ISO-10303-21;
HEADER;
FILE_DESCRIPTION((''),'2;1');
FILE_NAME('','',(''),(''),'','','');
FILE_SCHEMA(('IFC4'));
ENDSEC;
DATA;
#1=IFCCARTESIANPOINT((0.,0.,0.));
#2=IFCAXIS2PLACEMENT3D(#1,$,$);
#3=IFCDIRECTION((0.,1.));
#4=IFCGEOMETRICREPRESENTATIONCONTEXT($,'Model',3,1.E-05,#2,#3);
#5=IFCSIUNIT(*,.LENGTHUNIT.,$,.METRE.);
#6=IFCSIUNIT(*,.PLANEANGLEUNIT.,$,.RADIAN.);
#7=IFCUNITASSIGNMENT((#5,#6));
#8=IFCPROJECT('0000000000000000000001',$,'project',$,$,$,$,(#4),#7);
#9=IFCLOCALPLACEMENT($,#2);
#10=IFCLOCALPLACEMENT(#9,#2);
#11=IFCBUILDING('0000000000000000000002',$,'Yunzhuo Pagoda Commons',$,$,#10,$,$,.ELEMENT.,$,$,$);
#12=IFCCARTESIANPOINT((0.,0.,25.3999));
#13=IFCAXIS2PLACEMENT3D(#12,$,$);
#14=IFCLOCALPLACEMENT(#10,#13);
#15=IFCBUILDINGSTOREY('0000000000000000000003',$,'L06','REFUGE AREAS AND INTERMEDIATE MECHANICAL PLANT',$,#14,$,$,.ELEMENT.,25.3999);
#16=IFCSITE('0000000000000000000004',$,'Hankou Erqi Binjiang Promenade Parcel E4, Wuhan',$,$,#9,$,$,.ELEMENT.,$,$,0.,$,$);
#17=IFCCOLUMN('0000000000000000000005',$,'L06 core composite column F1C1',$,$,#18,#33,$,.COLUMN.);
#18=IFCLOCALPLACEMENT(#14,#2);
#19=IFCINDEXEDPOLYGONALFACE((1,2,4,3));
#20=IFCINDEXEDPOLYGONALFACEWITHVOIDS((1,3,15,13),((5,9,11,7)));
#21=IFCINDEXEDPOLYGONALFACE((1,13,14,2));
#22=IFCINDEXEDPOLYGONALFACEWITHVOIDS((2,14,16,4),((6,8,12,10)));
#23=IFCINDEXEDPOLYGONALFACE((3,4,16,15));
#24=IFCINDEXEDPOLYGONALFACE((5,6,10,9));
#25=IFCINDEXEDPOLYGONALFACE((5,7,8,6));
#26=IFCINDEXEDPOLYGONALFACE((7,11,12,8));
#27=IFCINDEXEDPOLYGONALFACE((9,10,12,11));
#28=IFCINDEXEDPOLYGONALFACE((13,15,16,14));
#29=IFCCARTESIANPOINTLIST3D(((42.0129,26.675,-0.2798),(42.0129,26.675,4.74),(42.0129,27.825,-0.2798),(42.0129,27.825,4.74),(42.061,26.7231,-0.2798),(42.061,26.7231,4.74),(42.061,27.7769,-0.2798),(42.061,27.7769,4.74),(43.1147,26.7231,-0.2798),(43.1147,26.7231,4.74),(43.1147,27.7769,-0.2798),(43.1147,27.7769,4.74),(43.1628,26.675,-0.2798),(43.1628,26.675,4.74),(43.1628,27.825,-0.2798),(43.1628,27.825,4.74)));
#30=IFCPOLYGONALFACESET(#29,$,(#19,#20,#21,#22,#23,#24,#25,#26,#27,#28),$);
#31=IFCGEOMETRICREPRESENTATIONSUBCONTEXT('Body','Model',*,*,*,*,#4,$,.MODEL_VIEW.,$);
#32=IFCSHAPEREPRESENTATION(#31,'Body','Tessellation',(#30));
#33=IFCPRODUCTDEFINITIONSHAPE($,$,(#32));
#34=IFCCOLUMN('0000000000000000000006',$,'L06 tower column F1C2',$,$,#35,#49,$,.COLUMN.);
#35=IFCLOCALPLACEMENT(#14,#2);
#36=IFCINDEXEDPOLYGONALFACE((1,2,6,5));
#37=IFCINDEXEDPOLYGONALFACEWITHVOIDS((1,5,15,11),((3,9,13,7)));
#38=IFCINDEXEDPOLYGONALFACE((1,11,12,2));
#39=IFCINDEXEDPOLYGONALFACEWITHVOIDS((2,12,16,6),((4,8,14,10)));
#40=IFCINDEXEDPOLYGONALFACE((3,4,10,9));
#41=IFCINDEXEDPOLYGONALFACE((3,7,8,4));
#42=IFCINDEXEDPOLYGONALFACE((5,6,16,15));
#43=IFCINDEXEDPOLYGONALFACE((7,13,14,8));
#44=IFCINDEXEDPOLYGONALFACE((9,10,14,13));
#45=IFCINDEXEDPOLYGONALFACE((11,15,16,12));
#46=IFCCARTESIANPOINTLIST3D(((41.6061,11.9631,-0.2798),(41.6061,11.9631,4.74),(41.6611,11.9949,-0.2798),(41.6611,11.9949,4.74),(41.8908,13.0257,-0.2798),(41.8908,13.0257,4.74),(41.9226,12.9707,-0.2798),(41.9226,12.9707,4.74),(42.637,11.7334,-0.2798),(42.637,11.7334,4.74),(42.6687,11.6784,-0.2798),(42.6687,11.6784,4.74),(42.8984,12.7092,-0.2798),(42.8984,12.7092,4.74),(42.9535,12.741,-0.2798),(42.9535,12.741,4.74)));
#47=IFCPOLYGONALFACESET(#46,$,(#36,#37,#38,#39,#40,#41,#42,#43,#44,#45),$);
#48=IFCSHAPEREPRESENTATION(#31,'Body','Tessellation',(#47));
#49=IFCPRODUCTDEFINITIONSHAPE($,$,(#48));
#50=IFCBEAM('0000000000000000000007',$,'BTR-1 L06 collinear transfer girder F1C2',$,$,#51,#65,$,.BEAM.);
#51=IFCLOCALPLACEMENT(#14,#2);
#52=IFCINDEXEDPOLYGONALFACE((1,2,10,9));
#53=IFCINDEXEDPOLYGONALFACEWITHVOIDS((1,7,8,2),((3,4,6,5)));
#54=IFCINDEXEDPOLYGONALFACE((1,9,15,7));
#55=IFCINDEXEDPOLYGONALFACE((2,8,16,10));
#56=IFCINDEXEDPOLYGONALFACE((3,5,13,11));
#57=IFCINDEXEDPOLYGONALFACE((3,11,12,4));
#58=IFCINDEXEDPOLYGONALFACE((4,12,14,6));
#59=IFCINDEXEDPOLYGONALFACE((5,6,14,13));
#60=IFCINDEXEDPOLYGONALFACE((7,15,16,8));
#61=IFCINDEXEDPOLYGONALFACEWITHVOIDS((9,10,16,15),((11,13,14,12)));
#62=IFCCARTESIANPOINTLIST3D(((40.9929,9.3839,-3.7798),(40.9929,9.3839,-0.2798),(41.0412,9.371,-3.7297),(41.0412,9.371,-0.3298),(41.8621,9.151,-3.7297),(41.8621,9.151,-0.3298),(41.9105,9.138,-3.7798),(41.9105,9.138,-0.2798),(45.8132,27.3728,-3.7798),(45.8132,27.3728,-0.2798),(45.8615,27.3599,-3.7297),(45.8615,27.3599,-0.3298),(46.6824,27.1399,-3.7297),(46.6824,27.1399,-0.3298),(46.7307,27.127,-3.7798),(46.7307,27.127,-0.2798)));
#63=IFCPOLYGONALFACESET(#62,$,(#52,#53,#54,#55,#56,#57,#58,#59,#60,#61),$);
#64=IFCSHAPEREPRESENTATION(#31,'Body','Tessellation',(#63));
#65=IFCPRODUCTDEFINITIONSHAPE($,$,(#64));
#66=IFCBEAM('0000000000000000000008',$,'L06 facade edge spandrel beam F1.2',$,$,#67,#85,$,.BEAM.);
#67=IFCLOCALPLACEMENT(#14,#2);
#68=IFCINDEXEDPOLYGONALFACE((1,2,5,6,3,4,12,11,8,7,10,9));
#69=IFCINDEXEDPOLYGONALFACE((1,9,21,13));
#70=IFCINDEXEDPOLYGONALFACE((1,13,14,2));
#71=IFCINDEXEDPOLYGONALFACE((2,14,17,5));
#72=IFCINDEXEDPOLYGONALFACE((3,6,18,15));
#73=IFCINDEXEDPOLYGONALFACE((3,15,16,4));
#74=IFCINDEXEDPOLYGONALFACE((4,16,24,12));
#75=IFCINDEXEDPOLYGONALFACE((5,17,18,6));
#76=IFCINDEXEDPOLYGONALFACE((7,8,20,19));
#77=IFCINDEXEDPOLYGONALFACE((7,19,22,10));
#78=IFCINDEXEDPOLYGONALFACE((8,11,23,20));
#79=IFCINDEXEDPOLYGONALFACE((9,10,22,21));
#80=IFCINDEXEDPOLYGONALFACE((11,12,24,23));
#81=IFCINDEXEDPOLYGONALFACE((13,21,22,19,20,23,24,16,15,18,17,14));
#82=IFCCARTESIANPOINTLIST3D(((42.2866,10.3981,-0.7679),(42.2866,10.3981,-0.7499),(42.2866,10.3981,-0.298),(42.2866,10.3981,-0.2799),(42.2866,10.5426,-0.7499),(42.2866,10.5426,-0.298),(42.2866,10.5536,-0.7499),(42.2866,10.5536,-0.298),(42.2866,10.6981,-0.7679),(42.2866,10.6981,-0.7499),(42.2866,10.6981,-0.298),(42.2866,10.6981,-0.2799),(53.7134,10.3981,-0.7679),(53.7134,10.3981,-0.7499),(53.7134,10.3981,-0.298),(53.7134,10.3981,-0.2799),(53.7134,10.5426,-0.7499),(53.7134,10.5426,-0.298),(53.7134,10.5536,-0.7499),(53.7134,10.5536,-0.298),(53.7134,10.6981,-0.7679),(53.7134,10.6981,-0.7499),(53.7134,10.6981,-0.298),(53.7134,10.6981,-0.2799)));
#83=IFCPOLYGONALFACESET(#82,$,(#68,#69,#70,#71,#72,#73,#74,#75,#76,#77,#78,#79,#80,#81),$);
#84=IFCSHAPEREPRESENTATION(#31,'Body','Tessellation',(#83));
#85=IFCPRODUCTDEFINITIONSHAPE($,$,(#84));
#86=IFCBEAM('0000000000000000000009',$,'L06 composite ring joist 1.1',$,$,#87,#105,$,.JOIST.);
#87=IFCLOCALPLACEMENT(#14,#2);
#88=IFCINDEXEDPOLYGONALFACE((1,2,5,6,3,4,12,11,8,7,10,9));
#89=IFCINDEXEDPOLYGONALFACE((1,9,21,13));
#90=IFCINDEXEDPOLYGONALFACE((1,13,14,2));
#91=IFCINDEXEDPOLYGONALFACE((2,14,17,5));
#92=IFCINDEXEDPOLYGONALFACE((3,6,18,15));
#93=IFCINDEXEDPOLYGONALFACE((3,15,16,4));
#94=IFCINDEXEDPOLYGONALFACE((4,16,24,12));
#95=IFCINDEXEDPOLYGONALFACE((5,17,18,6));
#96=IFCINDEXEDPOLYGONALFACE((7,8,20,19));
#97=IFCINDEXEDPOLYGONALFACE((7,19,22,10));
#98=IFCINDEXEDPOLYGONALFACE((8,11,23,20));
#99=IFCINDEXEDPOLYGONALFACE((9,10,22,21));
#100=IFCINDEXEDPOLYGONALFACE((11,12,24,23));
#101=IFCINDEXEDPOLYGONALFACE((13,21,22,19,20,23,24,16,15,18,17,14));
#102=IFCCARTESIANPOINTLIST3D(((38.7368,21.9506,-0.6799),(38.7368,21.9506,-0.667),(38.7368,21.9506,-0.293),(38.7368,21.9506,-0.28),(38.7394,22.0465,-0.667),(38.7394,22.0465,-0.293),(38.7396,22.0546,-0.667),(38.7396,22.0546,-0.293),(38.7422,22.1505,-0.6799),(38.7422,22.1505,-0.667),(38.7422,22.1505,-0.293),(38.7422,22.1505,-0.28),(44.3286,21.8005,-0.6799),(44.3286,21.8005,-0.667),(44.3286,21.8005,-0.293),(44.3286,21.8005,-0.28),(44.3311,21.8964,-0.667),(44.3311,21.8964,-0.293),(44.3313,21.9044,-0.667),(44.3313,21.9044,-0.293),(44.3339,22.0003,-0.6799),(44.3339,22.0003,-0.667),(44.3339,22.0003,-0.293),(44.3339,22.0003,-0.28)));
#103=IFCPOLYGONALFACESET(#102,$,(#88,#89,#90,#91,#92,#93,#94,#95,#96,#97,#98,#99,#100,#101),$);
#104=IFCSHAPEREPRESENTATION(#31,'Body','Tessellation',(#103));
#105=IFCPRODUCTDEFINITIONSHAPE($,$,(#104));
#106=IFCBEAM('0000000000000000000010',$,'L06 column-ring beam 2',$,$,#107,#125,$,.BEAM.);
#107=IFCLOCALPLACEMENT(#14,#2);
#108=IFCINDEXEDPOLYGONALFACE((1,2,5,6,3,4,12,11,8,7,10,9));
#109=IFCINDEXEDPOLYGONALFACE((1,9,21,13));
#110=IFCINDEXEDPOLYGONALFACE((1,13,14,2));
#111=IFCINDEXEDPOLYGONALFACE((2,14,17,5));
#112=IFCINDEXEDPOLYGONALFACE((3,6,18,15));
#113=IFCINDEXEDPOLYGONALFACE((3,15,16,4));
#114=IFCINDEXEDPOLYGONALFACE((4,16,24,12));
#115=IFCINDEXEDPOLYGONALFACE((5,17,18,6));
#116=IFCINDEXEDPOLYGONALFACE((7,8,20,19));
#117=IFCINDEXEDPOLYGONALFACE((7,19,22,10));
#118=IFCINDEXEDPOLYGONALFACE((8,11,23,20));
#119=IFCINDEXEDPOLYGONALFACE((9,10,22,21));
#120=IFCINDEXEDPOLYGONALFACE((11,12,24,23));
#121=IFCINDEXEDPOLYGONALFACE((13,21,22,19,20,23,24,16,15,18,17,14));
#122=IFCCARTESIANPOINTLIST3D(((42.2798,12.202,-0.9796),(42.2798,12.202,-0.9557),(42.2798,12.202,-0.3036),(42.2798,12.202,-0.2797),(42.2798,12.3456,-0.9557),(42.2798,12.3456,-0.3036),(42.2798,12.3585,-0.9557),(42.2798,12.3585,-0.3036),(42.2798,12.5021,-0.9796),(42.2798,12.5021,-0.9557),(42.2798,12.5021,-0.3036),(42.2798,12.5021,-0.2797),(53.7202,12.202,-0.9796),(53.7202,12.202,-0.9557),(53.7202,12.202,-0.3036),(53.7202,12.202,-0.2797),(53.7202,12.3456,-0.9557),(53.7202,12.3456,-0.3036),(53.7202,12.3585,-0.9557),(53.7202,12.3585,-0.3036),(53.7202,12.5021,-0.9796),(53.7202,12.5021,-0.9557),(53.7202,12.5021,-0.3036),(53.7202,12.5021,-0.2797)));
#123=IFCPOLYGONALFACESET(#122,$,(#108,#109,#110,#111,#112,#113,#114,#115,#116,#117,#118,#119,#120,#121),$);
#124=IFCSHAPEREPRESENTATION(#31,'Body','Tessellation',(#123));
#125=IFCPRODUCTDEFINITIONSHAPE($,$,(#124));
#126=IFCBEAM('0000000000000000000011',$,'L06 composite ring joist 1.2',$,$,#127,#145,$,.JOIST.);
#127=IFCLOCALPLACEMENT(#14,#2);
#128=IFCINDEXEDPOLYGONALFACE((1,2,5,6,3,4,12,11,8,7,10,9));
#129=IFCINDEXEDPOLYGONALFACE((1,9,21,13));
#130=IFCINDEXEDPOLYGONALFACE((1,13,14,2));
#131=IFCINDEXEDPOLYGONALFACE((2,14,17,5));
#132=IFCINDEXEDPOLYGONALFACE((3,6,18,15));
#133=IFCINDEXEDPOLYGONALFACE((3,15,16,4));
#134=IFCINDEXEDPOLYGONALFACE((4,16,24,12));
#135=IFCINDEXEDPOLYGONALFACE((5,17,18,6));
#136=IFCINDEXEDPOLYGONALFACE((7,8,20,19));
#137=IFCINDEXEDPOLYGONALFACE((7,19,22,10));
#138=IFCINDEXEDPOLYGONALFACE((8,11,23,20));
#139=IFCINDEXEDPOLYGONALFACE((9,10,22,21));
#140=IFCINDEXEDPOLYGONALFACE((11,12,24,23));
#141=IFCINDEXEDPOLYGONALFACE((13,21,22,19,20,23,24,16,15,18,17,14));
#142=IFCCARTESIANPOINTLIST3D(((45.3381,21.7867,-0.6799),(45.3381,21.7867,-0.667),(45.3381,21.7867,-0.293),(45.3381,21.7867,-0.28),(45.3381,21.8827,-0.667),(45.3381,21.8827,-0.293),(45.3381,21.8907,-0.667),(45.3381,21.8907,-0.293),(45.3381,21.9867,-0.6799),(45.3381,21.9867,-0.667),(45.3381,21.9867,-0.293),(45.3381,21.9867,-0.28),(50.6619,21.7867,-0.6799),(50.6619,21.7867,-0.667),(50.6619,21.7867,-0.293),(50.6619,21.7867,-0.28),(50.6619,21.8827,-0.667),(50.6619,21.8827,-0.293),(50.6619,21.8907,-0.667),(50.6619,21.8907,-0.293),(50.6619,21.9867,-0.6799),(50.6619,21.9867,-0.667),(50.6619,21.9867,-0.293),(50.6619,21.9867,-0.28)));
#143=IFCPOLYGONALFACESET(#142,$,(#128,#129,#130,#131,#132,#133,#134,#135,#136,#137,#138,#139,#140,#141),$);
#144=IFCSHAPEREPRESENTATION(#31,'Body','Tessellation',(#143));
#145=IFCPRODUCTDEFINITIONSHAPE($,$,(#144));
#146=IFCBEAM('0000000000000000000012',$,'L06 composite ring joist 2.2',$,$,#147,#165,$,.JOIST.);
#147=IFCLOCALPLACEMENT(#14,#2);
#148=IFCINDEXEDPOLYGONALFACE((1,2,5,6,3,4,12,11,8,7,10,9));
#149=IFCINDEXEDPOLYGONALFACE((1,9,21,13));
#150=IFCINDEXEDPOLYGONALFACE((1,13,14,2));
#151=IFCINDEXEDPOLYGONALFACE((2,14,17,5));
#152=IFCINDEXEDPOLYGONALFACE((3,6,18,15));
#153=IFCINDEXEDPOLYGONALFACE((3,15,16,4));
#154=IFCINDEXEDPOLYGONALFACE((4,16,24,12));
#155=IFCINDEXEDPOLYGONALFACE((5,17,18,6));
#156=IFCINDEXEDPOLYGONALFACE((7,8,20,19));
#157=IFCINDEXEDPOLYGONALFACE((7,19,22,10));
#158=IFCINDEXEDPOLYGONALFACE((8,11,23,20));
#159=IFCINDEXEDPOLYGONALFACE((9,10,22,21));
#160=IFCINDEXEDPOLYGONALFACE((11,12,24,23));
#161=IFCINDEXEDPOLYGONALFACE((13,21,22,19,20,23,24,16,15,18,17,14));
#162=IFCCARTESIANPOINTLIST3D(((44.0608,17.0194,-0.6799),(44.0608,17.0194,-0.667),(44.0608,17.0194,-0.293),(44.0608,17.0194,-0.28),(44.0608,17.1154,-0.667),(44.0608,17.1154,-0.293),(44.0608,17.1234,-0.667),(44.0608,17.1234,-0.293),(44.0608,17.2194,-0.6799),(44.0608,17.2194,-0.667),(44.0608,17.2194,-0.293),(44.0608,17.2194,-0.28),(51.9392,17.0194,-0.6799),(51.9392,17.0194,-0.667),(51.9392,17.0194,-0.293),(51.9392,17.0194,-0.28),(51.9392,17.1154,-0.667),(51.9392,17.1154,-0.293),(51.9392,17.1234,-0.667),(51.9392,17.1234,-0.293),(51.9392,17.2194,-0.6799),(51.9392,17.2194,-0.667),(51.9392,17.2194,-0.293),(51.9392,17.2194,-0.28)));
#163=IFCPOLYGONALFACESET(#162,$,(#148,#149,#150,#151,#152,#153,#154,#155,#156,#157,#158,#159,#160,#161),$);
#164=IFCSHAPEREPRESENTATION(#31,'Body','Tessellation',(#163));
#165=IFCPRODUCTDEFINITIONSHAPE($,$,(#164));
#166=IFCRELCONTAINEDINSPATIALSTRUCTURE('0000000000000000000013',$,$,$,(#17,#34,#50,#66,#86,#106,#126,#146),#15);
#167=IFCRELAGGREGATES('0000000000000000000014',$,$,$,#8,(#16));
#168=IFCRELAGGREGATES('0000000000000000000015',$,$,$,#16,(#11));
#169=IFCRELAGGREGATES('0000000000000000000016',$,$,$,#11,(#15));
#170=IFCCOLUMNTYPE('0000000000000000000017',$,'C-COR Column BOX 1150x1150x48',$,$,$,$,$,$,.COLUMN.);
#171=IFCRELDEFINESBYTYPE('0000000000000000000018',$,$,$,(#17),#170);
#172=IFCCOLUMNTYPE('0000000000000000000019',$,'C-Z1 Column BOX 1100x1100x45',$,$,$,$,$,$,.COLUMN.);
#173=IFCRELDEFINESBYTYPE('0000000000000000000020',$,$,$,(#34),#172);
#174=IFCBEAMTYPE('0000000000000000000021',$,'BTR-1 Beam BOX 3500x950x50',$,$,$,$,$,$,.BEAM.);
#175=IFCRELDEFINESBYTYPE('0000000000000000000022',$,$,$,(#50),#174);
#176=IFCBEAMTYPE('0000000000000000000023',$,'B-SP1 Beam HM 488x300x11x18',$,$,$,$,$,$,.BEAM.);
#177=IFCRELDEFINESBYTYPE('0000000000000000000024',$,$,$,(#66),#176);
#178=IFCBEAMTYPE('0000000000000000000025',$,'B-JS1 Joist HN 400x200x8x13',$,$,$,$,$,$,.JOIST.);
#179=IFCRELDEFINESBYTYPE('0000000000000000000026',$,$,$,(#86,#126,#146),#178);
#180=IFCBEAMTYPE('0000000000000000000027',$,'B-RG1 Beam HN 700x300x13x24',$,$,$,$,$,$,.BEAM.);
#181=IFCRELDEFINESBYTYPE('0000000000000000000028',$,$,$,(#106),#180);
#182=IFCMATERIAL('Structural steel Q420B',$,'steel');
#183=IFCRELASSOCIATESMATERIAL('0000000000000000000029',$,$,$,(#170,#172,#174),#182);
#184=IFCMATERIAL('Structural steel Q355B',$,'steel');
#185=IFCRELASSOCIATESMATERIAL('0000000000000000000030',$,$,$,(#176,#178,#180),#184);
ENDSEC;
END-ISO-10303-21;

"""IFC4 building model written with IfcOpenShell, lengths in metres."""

from ifc_helpers import new_model, si_unit, direction, frame, origin, origin_2d, place, context, subcontext, project, spatial, hollow_rectangle, i_section, extrude, source, transform, mapped, material, material_profile, profile_set, type_object, element, save


model = new_model("IFC4")

# Units and contexts
model_context = context("Model", 3, precision=1e-05, world=origin(), true_north=direction((0.0, 1.0)))
body_context = subcontext(model_context, "Body", "Model", "MODEL_VIEW")
ifc_project = project(units=[si_unit("LENGTHUNIT", "METRE"), si_unit("PLANEANGLEUNIT", "RADIAN")], contexts=[model_context])

# Site, building, storey
site_placement = place(None, origin())
site = spatial("IfcSite", under=ifc_project, at=site_placement, Name="Hankou Erqi Binjiang Promenade Parcel E4, Wuhan", CompositionType="ELEMENT", RefElevation=0.0)
building_placement = place(site_placement, origin())
building = spatial("IfcBuilding", under=site, at=building_placement, Name="Yunzhuo Pagoda Commons", CompositionType="ELEMENT")
storey_placement = place(building_placement, frame((0.0, 0.0, 25.3999)))
storey = spatial("IfcBuildingStorey", under=building, at=storey_placement, Name="L06", Description="REFUGE AREAS AND INTERMEDIATE MECHANICAL PLANT", CompositionType="ELEMENT", Elevation=25.3999)

# Columns
ifc_material_1 = material(Name="Structural steel Q420B", Category="steel")
ifc_material_profile_1 = material_profile(ifc_material_1, hollow_rectangle(XDim=1.1499, YDim=1.1499, WallThickness=0.0481, at=origin_2d()), Name="Structural steel Q420B")
ifc_profile_set_1 = profile_set([ifc_material_profile_1], Name="Structural steel Q420B")
column_type_1 = type_object("IfcColumnType", Name="C-COR Column BOX 1150x1150x48", PredefinedType="COLUMN", material=ifc_profile_set_1)
shared_shape_1 = source(origin(), body_context, "Body", "SweptSolid", [
    extrude(hollow_rectangle(XDim=1.1499, YDim=1.1499, WallThickness=0.0481, at=origin_2d()), origin(), (0.0, 0.0, 1.0), 5.0198),
])
column_1_placement = place(storey_placement, frame((42.5879, 27.25, -0.2798), z_axis=(0.0, 0.0, 1.0), x_axis=(1.0, 0.0, 0.0)))
element("IfcColumn", 1, at=column_1_placement, inside=storey, type_object=column_type_1, Name="L06 core composite column F1C1", PredefinedType="COLUMN", context=body_context, shape_type="MappedRepresentation", body=[
    mapped(shared_shape_1, transform((0.0, 0.0, 0.0), scale=1.0)),
])
ifc_material_profile_2 = material_profile(ifc_material_1, hollow_rectangle(XDim=1.1001, YDim=1.1001, WallThickness=0.0449, at=origin_2d()), Name="Structural steel Q420B")
ifc_profile_set_2 = profile_set([ifc_material_profile_2], Name="Structural steel Q420B")
column_type_2 = type_object("IfcColumnType", Name="C-Z1 Column BOX 1100x1100x45", PredefinedType="COLUMN", material=ifc_profile_set_2)
shared_shape_2 = source(origin(), body_context, "Body", "SweptSolid", [
    extrude(hollow_rectangle(XDim=1.1001, YDim=1.1001, WallThickness=0.0449, at=origin_2d()), origin(), (0.0, 0.0, 1.0), 5.0198),
])
column_2_placement = place(storey_placement, frame((42.2798, 12.3521, -0.2798), z_axis=(0.0, 0.0, 1.0), x_axis=(0.965926, -0.258819, 0.0)))
element("IfcColumn", 2, at=column_2_placement, inside=storey, type_object=column_type_2, Name="L06 tower column F1C2", PredefinedType="COLUMN", context=body_context, shape_type="MappedRepresentation", body=[
    mapped(shared_shape_2, transform((0.0, 0.0, 0.0), scale=1.0)),
])

# Beams
ifc_material_profile_3 = material_profile(ifc_material_1, hollow_rectangle(XDim=0.95, YDim=3.5, WallThickness=0.05, at=origin_2d()), Name="Structural steel Q420B")
ifc_profile_set_3 = profile_set([ifc_material_profile_3], Name="Structural steel Q420B")
beam_type_1 = type_object("IfcBeamType", Name="BTR-1 Beam BOX 3500x950x50", PredefinedType="BEAM", material=ifc_profile_set_3)
shared_shape_3 = source(origin(), body_context, "Body", "SweptSolid", [
    extrude(hollow_rectangle(XDim=0.95, YDim=3.5, WallThickness=0.05, at=origin_2d()), origin(), (0.0, 0.0, 1.0), 18.6235),
])
beam_1_placement = place(storey_placement, frame((41.4517, 9.261, -2.0298), z_axis=(0.258828, 0.965924, 0.0), x_axis=(-0.965924, 0.258828, 0.0)))
element("IfcBeam", 3, at=beam_1_placement, inside=storey, type_object=beam_type_1, Name="BTR-1 L06 collinear transfer girder F1C2", PredefinedType="BEAM", context=body_context, shape_type="MappedRepresentation", body=[
    mapped(shared_shape_3, transform((0.0, 0.0, 0.0), scale=1.0)),
])
ifc_material_2 = material(Name="Structural steel Q355B", Category="steel")
ifc_material_profile_4 = material_profile(ifc_material_2, i_section(OverallWidth=0.3, OverallDepth=0.488, WebThickness=0.011, FlangeThickness=0.0181, at=origin_2d()), Name="Structural steel Q355B")
ifc_profile_set_4 = profile_set([ifc_material_profile_4], Name="Structural steel Q355B")
beam_type_2 = type_object("IfcBeamType", Name="B-SP1 Beam HM 488x300x11x18", PredefinedType="BEAM", material=ifc_profile_set_4)
shared_shape_4 = source(origin(), body_context, "Body", "SweptSolid", [
    extrude(i_section(OverallWidth=0.3, OverallDepth=0.488, WebThickness=0.011, FlangeThickness=0.0181, at=origin_2d()), origin(), (0.0, 0.0, 1.0), 11.4268),
])
beam_2_placement = place(storey_placement, frame((42.2866, 10.5481, -0.5239), z_axis=(1.0, 0.0, 0.0), x_axis=(0.0, 1.0, 0.0)))
element("IfcBeam", 4, at=beam_2_placement, inside=storey, type_object=beam_type_2, Name="L06 facade edge spandrel beam F1.2", PredefinedType="BEAM", context=body_context, shape_type="MappedRepresentation", body=[
    mapped(shared_shape_4, transform((0.0, 0.0, 0.0), scale=1.0)),
])
ifc_material_profile_5 = material_profile(ifc_material_2, i_section(OverallWidth=0.2, OverallDepth=0.3999, WebThickness=0.0081, FlangeThickness=0.0129, at=origin_2d()), Name="Structural steel Q355B")
ifc_profile_set_5 = profile_set([ifc_material_profile_5], Name="Structural steel Q355B")
beam_type_3 = type_object("IfcBeamType", Name="B-JS1 Joist HN 400x200x8x13", PredefinedType="JOIST", material=ifc_profile_set_5)
shared_shape_5 = source(origin(), body_context, "Body", "SweptSolid", [
    extrude(i_section(OverallWidth=0.2, OverallDepth=0.3999, WebThickness=0.0081, FlangeThickness=0.0129, at=origin_2d()), origin(), (0.0, 0.0, 1.0), 5.5938),
])
beam_3_placement = place(storey_placement, frame((38.7395, 22.0505, -0.48), z_axis=(0.99964, -0.026842, 0.0), x_axis=(0.026842, 0.99964, 0.0)))
element("IfcBeam", 5, at=beam_3_placement, inside=storey, type_object=beam_type_3, Name="L06 composite ring joist 1.1", PredefinedType="JOIST", context=body_context, shape_type="MappedRepresentation", body=[
    mapped(shared_shape_5, transform((0.0, 0.0, 0.0), scale=1.0)),
])
ifc_material_profile_6 = material_profile(ifc_material_2, i_section(OverallWidth=0.3, OverallDepth=0.7, WebThickness=0.0129, FlangeThickness=0.0239, at=origin_2d()), Name="Structural steel Q355B")
ifc_profile_set_6 = profile_set([ifc_material_profile_6], Name="Structural steel Q355B")
beam_type_4 = type_object("IfcBeamType", Name="B-RG1 Beam HN 700x300x13x24", PredefinedType="BEAM", material=ifc_profile_set_6)
shared_shape_6 = source(origin(), body_context, "Body", "SweptSolid", [
    extrude(i_section(OverallWidth=0.3, OverallDepth=0.7, WebThickness=0.0129, FlangeThickness=0.0239, at=origin_2d()), origin(), (0.0, 0.0, 1.0), 11.4404),
])
beam_4_placement = place(storey_placement, frame((42.2798, 12.3521, -0.6296), z_axis=(1.0, 0.0, 0.0), x_axis=(0.0, 1.0, 0.0)))
element("IfcBeam", 6, at=beam_4_placement, inside=storey, type_object=beam_type_4, Name="L06 column-ring beam 2", PredefinedType="BEAM", context=body_context, shape_type="MappedRepresentation", body=[
    mapped(shared_shape_6, transform((0.0, 0.0, 0.0), scale=1.0)),
])
shared_shape_7 = source(origin(), body_context, "Body", "SweptSolid", [
    extrude(i_section(OverallWidth=0.2, OverallDepth=0.3999, WebThickness=0.0081, FlangeThickness=0.0129, at=origin_2d()), origin(), (0.0, 0.0, 1.0), 5.3237),
])
beam_5_placement = place(storey_placement, frame((45.3381, 21.8867, -0.48), z_axis=(1.0, 0.0, 0.0), x_axis=(0.0, 1.0, 0.0)))
element("IfcBeam", 7, at=beam_5_placement, inside=storey, type_object=beam_type_3, Name="L06 composite ring joist 1.2", PredefinedType="JOIST", context=body_context, shape_type="MappedRepresentation", body=[
    mapped(shared_shape_7, transform((0.0, 0.0, 0.0), scale=1.0)),
])
shared_shape_8 = source(origin(), body_context, "Body", "SweptSolid", [
    extrude(i_section(OverallWidth=0.2, OverallDepth=0.3999, WebThickness=0.0081, FlangeThickness=0.0129, at=origin_2d()), origin(), (0.0, 0.0, 1.0), 7.8784),
])
beam_6_placement = place(storey_placement, frame((44.0608, 17.1194, -0.48), z_axis=(1.0, 0.0, 0.0), x_axis=(0.0, 1.0, 0.0)))
element("IfcBeam", 8, at=beam_6_placement, inside=storey, type_object=beam_type_3, Name="L06 composite ring joist 2.2", PredefinedType="JOIST", context=body_context, shape_type="MappedRepresentation", body=[
    mapped(shared_shape_8, transform((0.0, 0.0, 0.0), scale=1.0)),
])

save(model, "model.ifc")
